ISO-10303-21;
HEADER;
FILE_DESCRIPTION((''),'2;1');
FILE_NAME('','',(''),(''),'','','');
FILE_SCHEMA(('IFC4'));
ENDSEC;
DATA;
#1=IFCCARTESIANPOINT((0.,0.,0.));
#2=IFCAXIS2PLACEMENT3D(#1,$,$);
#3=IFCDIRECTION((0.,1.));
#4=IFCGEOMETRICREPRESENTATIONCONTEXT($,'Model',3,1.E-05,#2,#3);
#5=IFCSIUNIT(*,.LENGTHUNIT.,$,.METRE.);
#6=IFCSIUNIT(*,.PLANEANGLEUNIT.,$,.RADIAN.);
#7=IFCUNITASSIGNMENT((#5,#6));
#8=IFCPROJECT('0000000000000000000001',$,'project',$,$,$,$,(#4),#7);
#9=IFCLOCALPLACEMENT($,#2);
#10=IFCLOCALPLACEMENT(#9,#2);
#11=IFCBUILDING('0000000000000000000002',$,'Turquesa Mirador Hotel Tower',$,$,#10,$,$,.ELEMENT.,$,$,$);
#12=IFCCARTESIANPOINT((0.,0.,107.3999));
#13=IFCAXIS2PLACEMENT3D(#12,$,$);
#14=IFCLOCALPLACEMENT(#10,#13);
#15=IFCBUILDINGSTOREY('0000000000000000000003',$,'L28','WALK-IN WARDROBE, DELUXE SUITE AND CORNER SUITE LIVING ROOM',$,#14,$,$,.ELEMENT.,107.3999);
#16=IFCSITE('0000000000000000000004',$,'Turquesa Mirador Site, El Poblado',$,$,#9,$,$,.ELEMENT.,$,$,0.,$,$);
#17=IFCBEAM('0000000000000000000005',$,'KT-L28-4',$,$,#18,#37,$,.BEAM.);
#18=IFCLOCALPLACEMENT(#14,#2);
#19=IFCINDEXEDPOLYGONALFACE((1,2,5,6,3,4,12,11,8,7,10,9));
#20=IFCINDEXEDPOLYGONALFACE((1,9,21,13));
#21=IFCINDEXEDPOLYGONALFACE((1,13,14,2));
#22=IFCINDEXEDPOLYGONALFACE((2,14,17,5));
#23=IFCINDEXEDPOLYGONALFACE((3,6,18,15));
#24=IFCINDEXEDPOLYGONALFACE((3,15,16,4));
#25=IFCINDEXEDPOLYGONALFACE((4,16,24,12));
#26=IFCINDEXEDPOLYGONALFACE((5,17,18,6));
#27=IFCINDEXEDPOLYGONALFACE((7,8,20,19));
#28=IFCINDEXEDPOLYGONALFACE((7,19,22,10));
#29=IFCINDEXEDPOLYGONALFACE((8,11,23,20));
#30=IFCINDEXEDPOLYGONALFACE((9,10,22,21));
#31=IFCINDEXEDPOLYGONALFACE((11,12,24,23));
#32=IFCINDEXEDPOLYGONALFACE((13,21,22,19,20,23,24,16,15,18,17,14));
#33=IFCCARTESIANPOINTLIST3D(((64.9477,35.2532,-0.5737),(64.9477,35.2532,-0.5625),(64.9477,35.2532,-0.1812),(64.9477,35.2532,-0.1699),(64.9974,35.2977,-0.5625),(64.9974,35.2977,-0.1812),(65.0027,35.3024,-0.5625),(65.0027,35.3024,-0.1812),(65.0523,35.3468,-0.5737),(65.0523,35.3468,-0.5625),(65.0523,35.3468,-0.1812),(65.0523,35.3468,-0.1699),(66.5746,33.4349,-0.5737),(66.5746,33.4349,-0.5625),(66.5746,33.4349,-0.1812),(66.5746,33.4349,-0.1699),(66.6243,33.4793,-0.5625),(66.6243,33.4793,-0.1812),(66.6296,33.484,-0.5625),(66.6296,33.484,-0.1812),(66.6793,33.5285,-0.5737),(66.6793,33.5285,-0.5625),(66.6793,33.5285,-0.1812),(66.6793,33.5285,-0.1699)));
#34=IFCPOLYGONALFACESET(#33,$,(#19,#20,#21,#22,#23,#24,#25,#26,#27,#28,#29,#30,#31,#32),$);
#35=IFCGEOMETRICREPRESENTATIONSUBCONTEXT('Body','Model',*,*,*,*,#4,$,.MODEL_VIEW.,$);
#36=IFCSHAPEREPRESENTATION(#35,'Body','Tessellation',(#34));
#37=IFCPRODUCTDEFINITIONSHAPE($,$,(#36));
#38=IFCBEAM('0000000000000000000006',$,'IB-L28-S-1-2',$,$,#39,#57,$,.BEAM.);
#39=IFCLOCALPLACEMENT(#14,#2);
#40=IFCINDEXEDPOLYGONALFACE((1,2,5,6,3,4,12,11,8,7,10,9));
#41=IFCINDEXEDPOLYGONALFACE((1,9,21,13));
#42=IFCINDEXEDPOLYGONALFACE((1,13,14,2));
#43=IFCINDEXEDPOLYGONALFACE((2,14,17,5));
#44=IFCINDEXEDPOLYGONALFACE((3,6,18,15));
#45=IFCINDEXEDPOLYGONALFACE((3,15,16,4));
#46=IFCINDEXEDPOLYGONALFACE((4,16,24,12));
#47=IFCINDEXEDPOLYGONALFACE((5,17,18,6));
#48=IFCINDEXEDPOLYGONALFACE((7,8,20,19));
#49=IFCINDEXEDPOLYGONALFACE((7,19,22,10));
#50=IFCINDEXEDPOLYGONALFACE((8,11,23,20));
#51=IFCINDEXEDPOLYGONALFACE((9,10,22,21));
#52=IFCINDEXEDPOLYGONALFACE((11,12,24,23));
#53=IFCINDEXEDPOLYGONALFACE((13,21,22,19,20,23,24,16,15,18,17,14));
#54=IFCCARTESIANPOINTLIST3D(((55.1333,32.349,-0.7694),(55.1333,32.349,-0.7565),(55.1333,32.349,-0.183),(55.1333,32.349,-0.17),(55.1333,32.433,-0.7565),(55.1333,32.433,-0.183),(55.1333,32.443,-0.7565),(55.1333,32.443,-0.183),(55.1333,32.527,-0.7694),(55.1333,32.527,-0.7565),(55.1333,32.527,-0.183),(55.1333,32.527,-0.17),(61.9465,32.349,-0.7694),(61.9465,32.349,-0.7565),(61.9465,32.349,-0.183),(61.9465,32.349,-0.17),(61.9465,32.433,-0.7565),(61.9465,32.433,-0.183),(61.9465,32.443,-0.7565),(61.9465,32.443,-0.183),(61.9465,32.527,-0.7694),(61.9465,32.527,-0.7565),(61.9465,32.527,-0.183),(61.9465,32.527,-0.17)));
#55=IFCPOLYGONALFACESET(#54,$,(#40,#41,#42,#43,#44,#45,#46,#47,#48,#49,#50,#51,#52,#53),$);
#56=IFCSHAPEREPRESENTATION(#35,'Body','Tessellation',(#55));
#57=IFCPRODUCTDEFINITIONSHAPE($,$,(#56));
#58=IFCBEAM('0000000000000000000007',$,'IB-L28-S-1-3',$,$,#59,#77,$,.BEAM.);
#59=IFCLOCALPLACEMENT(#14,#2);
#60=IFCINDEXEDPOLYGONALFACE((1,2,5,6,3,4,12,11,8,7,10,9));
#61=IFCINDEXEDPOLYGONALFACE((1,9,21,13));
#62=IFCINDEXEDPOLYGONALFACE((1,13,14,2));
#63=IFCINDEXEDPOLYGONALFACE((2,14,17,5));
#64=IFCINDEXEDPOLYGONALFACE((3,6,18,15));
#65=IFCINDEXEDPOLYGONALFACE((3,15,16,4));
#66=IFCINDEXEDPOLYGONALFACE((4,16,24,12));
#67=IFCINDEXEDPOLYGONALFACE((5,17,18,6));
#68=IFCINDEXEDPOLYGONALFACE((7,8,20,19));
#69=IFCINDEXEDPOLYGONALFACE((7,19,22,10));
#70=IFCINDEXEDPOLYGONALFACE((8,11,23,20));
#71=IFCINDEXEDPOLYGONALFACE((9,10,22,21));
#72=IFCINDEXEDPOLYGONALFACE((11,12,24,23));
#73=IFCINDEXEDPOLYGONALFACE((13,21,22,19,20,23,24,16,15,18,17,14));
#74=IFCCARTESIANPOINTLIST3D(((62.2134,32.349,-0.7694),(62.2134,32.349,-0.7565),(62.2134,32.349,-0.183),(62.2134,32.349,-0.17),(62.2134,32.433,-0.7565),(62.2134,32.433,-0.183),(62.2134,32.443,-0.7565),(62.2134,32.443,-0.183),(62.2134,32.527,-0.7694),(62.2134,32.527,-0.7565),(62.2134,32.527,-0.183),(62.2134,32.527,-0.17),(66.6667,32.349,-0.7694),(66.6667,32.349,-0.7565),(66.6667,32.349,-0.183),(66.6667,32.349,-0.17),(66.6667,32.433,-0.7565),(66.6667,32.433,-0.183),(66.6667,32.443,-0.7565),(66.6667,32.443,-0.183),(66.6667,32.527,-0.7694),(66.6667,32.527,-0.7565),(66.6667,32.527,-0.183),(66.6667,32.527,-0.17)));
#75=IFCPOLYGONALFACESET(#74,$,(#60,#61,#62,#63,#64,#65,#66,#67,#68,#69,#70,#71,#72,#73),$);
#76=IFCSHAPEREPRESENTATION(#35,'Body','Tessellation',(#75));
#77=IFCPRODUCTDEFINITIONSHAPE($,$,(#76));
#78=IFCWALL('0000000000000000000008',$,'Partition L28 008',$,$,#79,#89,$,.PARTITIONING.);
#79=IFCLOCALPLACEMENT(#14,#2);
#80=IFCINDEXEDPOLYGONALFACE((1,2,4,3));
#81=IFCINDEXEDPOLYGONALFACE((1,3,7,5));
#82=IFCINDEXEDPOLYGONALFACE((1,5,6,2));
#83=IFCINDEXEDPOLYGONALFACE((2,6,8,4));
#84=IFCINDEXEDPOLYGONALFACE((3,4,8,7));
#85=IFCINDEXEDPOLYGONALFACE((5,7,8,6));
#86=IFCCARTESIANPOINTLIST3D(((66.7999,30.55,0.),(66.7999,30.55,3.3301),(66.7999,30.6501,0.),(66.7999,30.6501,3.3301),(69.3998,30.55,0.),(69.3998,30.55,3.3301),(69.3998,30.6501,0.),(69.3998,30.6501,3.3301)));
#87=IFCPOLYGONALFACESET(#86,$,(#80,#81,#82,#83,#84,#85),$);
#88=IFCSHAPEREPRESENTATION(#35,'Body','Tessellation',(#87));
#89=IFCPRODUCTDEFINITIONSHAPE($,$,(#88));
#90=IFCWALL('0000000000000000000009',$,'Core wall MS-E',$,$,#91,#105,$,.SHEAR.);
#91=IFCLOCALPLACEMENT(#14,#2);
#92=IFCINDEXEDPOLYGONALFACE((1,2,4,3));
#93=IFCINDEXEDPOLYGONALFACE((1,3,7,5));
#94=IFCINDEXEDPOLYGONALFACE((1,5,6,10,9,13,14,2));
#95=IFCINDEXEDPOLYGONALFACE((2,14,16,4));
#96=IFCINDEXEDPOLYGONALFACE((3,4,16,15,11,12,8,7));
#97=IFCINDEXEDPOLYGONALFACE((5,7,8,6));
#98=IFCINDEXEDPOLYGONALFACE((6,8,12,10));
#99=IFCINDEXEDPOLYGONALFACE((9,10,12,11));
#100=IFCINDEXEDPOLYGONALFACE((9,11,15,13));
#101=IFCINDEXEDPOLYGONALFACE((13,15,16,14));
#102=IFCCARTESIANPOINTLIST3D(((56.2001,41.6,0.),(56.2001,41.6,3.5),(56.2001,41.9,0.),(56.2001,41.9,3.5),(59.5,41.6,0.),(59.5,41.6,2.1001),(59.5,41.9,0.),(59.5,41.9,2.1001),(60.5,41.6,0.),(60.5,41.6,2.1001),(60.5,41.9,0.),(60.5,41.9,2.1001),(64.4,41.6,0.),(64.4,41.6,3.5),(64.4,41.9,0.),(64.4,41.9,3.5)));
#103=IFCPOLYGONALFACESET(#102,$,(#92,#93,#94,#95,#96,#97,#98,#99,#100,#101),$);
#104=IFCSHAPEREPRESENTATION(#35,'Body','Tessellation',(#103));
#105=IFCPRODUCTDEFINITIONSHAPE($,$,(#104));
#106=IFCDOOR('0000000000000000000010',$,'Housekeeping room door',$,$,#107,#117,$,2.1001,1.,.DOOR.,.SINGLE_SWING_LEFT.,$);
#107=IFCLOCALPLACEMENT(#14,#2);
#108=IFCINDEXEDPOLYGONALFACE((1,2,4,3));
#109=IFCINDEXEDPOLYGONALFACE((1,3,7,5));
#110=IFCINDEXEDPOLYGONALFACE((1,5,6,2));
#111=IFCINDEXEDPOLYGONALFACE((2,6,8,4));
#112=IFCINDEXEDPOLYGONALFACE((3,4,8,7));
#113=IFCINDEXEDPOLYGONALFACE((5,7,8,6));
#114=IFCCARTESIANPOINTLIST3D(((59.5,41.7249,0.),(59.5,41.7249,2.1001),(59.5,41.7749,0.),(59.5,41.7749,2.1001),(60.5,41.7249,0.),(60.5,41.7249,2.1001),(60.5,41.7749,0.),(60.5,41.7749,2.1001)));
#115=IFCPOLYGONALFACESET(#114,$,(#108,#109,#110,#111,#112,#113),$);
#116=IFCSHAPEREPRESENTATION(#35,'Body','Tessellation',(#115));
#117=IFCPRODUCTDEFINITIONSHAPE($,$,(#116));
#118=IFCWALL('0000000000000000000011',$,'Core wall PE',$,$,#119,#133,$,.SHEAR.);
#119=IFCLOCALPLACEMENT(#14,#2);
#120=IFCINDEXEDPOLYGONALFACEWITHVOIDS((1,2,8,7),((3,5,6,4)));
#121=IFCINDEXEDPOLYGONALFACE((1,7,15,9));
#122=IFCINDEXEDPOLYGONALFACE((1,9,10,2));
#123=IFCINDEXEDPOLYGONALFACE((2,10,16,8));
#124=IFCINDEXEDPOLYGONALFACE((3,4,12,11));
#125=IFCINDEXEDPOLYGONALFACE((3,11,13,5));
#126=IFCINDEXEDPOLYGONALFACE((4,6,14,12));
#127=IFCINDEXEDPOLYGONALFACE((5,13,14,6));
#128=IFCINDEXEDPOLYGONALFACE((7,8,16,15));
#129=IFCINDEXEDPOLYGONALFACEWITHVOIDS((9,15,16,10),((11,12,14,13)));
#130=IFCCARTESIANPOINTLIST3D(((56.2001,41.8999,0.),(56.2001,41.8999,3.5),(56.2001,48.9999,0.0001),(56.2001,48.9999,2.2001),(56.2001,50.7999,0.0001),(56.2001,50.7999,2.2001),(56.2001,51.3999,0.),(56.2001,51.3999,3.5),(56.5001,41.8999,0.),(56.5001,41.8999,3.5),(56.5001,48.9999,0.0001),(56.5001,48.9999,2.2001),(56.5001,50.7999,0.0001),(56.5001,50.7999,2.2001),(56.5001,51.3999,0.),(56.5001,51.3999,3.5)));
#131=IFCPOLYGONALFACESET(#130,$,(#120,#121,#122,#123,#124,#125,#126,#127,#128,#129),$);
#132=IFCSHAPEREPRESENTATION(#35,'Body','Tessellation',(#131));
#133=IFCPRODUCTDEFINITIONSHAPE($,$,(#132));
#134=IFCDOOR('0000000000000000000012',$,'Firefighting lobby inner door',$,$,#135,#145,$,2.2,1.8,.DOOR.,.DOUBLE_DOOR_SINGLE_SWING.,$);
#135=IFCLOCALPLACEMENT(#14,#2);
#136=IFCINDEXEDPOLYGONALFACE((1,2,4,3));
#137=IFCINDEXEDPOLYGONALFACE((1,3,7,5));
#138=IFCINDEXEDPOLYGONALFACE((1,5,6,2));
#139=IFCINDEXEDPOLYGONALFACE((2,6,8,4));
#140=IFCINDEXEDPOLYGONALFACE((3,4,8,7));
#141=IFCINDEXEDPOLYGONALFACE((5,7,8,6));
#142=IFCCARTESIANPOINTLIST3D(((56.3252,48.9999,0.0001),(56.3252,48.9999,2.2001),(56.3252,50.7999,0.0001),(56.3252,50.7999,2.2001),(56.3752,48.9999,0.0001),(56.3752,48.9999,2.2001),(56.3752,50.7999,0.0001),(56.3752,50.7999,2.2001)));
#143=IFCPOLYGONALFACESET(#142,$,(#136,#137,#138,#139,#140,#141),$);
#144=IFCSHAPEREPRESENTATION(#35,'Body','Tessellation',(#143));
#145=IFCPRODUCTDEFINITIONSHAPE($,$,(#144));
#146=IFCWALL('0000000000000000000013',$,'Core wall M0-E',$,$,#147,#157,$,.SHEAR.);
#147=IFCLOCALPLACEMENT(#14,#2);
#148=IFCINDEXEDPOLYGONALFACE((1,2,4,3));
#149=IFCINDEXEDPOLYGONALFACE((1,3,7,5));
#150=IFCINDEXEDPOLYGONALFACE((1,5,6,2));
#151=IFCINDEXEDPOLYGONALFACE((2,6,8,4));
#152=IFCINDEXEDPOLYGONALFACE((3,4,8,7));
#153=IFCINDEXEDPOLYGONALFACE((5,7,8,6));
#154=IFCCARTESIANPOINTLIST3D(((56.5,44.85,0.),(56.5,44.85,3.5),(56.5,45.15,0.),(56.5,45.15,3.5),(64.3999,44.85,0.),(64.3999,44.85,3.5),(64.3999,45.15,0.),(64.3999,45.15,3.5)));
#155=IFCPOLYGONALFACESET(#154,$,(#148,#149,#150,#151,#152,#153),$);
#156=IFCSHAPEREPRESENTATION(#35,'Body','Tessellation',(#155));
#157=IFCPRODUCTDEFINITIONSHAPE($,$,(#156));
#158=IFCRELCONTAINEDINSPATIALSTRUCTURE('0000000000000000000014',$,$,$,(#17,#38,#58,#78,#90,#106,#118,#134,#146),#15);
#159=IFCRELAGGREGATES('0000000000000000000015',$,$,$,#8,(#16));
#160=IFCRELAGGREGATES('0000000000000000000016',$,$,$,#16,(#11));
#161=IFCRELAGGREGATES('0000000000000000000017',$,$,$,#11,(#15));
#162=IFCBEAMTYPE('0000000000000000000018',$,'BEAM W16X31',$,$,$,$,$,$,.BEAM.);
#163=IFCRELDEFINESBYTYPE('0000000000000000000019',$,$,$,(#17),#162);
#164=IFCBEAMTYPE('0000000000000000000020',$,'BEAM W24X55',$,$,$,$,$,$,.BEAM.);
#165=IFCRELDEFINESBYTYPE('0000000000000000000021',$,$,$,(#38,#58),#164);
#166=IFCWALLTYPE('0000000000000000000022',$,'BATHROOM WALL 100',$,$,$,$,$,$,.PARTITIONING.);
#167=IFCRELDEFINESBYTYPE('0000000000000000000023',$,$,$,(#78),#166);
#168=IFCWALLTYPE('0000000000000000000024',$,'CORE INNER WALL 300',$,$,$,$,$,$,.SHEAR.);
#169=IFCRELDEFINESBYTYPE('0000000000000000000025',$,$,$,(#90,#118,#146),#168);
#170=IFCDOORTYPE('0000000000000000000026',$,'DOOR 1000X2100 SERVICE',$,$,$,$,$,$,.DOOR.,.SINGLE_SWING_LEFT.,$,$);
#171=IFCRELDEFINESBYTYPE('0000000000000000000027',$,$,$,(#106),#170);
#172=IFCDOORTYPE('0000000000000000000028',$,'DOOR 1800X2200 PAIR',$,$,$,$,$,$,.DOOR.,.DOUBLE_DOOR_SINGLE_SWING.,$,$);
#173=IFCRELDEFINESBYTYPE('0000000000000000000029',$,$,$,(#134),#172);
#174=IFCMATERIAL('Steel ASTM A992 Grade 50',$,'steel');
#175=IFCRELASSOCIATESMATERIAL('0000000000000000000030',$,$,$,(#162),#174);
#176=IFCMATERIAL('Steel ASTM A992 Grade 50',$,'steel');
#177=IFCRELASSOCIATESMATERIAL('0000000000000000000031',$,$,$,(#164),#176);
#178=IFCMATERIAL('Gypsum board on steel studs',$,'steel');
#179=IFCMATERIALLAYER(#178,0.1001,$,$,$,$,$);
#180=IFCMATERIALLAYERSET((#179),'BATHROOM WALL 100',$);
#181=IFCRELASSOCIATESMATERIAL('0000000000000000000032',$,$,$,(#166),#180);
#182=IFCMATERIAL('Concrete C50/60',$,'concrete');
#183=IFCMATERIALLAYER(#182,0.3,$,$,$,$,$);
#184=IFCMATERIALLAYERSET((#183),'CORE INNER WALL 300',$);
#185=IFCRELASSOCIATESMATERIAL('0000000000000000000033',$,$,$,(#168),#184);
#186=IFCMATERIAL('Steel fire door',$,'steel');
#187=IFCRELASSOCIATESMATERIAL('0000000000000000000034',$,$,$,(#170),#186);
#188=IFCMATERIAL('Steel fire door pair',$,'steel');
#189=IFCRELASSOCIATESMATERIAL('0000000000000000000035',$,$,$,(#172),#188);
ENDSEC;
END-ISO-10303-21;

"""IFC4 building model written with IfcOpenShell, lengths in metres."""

from ifc_helpers import new_model, si_unit, direction, frame, frame_2d, origin, origin_2d, place, context, subcontext, project, spatial, rectangle, i_section, extrude, material, layer, layer_set, material_profile, profile_set, type_object, element, fill, save


model = new_model("IFC4")

# Units and contexts
model_context = context("Model", 3, precision=1e-05, world=origin(), true_north=direction((0.0, 1.0)))
body_context = subcontext(model_context, "Body", "Model", "MODEL_VIEW")
ifc_project = project(units=[si_unit("LENGTHUNIT", "METRE"), si_unit("PLANEANGLEUNIT", "RADIAN")], contexts=[model_context])

# Site, building, storey
site_placement = place(None, origin())
site = spatial("IfcSite", under=ifc_project, at=site_placement, Name="Turquesa Mirador Site, El Poblado", CompositionType="ELEMENT", RefElevation=0.0)
building_placement = place(site_placement, origin())
building = spatial("IfcBuilding", under=site, at=building_placement, Name="Turquesa Mirador Hotel Tower", CompositionType="ELEMENT")
storey_placement = place(building_placement, frame((0.0, 0.0, 107.3999)))
storey = spatial("IfcBuildingStorey", under=building, at=storey_placement, Name="L28", Description="WALK-IN WARDROBE, DELUXE SUITE AND CORNER SUITE LIVING ROOM", CompositionType="ELEMENT", Elevation=107.3999)

# Beams
ifc_material_1 = material(Name="Steel ASTM A992 Grade 50", Category="steel")
ifc_material_profile_1 = material_profile(ifc_material_1, i_section(OverallWidth=0.1404, OverallDepth=0.4038, WebThickness=0.0071, FlangeThickness=0.0112, at=origin_2d()), Name="W16X31")
ifc_profile_set_1 = profile_set([ifc_material_profile_1], Name="Steel ASTM A992 Grade 50")
beam_type_1 = type_object("IfcBeamType", Name="BEAM W16X31", PredefinedType="BEAM", material=ifc_profile_set_1)
beam_1_placement = place(storey_placement, frame((66.627, 33.4817, -0.3718), z_axis=(-0.666795, 0.745241, 0.0), x_axis=(-0.745241, -0.666795, 0.0)))
element("IfcBeam", 1, at=beam_1_placement, inside=storey, type_object=beam_type_1, Name="KT-L28-4", PredefinedType="BEAM", context=body_context, shape_type="SweptSolid", body=[
    extrude(i_section(OverallWidth=0.1404, OverallDepth=0.4038, WebThickness=0.0071, FlangeThickness=0.0112, at=origin_2d()), origin(), (0.0, 0.0, 1.0), 2.4399),
])
ifc_material_2 = material(Name="Steel ASTM A992 Grade 50", Category="steel")
ifc_material_profile_2 = material_profile(ifc_material_2, i_section(OverallWidth=0.178, OverallDepth=0.5994, WebThickness=0.01, FlangeThickness=0.0129, at=origin_2d()), Name="W24X55")
ifc_profile_set_2 = profile_set([ifc_material_profile_2], Name="Steel ASTM A992 Grade 50")
beam_type_2 = type_object("IfcBeamType", Name="BEAM W24X55", PredefinedType="BEAM", material=ifc_profile_set_2)
beam_2_placement = place(storey_placement, frame((55.1333, 32.438, -0.4697), z_axis=(1.0, 0.0, 0.0), x_axis=(0.0, 1.0, 0.0)))
element("IfcBeam", 2, at=beam_2_placement, inside=storey, type_object=beam_type_2, Name="IB-L28-S-1-2", PredefinedType="BEAM", context=body_context, shape_type="SweptSolid", body=[
    extrude(i_section(OverallWidth=0.178, OverallDepth=0.5994, WebThickness=0.01, FlangeThickness=0.0129, at=origin_2d()), origin(), (0.0, 0.0, 1.0), 6.8132),
])
beam_3_placement = place(storey_placement, frame((62.2134, 32.438, -0.4697), z_axis=(1.0, 0.0, 0.0), x_axis=(0.0, 1.0, 0.0)))
element("IfcBeam", 3, at=beam_3_placement, inside=storey, type_object=beam_type_2, Name="IB-L28-S-1-3", PredefinedType="BEAM", context=body_context, shape_type="SweptSolid", body=[
    extrude(i_section(OverallWidth=0.178, OverallDepth=0.5994, WebThickness=0.01, FlangeThickness=0.0129, at=origin_2d()), origin(), (0.0, 0.0, 1.0), 4.4534),
])

# Wall
ifc_material_3 = material(Name="Gypsum board on steel studs", Category="steel")
ifc_layer_1 = layer(ifc_material_3, 0.1001)
ifc_layer_set_1 = layer_set([ifc_layer_1], Name="BATHROOM WALL 100")
wall_type_1 = type_object("IfcWallType", Name="BATHROOM WALL 100", PredefinedType="PARTITIONING", material=ifc_layer_set_1)
wall_1_placement = place(storey_placement, frame((66.8, 30.6001, 0.0), z_axis=(0.0, 0.0, 1.0), x_axis=(1.0, 0.0, 0.0)))
element("IfcWall", 4, at=wall_1_placement, inside=storey, type_object=wall_type_1, Name="Partition L28 008", PredefinedType="PARTITIONING", context=body_context, shape_type="SweptSolid", body=[
    extrude(rectangle(XDim=2.5999, YDim=0.1001, at=frame_2d((1.2998, 0.0))), origin(), (0.0, 0.0, 1.0), 3.3301),
])

# Walls, openings, doors
ifc_material_4 = material(Name="Concrete C50/60", Category="concrete")
ifc_layer_2 = layer(ifc_material_4, 0.3)
ifc_layer_set_2 = layer_set([ifc_layer_2], Name="CORE INNER WALL 300")
wall_type_2 = type_object("IfcWallType", Name="CORE INNER WALL 300", PredefinedType="SHEAR", material=ifc_layer_set_2)
wall_2_placement = place(storey_placement, frame((56.2, 41.75, 0.0), z_axis=(0.0, 0.0, 1.0), x_axis=(1.0, 0.0, 0.0)))
wall_2 = element("IfcWall", 5, at=wall_2_placement, inside=storey, type_object=wall_type_2, Name="Core wall MS-E", PredefinedType="SHEAR", context=body_context, shape_type="SweptSolid", body=[
    extrude(rectangle(XDim=8.2, YDim=0.3, at=frame_2d((4.1001, 0.0))), origin(), (0.0, 0.0, 1.0), 3.5),
])
opening_1_placement = place(wall_2_placement, frame((3.3, 0.0, 0.0)))
opening_1 = element("IfcOpeningElement", 6, at=opening_1_placement, cuts=wall_2, PredefinedType="OPENING", context=body_context, shape_type="SweptSolid", body=[
    extrude(rectangle(XDim=1.0, YDim=2.1001, at=frame_2d((0.5, 1.05))), frame((0.0, 0.1599, 0.0), z_axis=(0.0, -1.0, 0.0), x_axis=(1.0, 0.0, 0.0)), (0.0, 0.0, 1.0), 0.3201),
])
ifc_material_5 = material(Name="Steel fire door", Category="steel")
door_type_1 = type_object("IfcDoorType", Name="DOOR 1000X2100 SERVICE", OperationType="SINGLE_SWING_LEFT", PredefinedType="DOOR", material=ifc_material_5)
door_1_placement = place(opening_1_placement, origin())
door_1 = element("IfcDoor", 7, at=door_1_placement, inside=storey, type_object=door_type_1, Name="Housekeeping room door", OperationType="SINGLE_SWING_LEFT", OverallHeight=2.1001, OverallWidth=1.0, PredefinedType="DOOR", context=body_context, shape_type="SweptSolid", body=[
    extrude(rectangle(XDim=1.0, YDim=2.1001, at=frame_2d((0.5, 1.05))), frame((0.0, 0.0249, 0.0), z_axis=(0.0, -1.0, 0.0), x_axis=(1.0, 0.0, 0.0)), (0.0, 0.0, 1.0), 0.05),
])
fill(opening_1, door_1)
wall_3_placement = place(storey_placement, frame((56.3501, 41.8999, 0.0), z_axis=(0.0, 0.0, 1.0), x_axis=(0.0, 1.0, 0.0)))
wall_3 = element("IfcWall", 8, at=wall_3_placement, inside=storey, type_object=wall_type_2, Name="Core wall PE", PredefinedType="SHEAR", context=body_context, shape_type="SweptSolid", body=[
    extrude(rectangle(XDim=9.5, YDim=0.3, at=frame_2d((4.75, 0.0))), origin(), (0.0, 0.0, 1.0), 3.5),
])
opening_2_placement = place(wall_3_placement, frame((7.1001, 0.0, 0.0)))
opening_2 = element("IfcOpeningElement", 9, at=opening_2_placement, cuts=wall_3, PredefinedType="OPENING", context=body_context, shape_type="SweptSolid", body=[
    extrude(rectangle(XDim=1.8, YDim=2.2, at=frame_2d((0.8999, 1.1001))), frame((0.0, 0.1599, 0.0), z_axis=(0.0, -1.0, 0.0), x_axis=(1.0, 0.0, 0.0)), (0.0, 0.0, 1.0), 0.3201),
])
ifc_material_6 = material(Name="Steel fire door pair", Category="steel")
door_type_2 = type_object("IfcDoorType", Name="DOOR 1800X2200 PAIR", OperationType="DOUBLE_DOOR_SINGLE_SWING", PredefinedType="DOOR", material=ifc_material_6)
door_2_placement = place(opening_2_placement, origin())
door_2 = element("IfcDoor", 10, at=door_2_placement, inside=storey, type_object=door_type_2, Name="Firefighting lobby inner door", OperationType="DOUBLE_DOOR_SINGLE_SWING", OverallHeight=2.2, OverallWidth=1.8, PredefinedType="DOOR", context=body_context, shape_type="SweptSolid", body=[
    extrude(rectangle(XDim=1.8, YDim=2.2, at=frame_2d((0.8999, 1.1001))), frame((0.0, 0.0249, 0.0), z_axis=(0.0, -1.0, 0.0), x_axis=(1.0, 0.0, 0.0)), (0.0, 0.0, 1.0), 0.05),
])
fill(opening_2, door_2)

# Wall
wall_4_placement = place(storey_placement, frame((56.5, 45.0, 0.0), z_axis=(0.0, 0.0, 1.0), x_axis=(1.0, 0.0, 0.0)))
element("IfcWall", 11, at=wall_4_placement, inside=storey, type_object=wall_type_2, Name="Core wall M0-E", PredefinedType="SHEAR", context=body_context, shape_type="SweptSolid", body=[
    extrude(rectangle(XDim=7.8999, YDim=0.3, at=frame_2d((3.95, 0.0))), origin(), (0.0, 0.0, 1.0), 3.5),
])

save(model, "model.ifc")
